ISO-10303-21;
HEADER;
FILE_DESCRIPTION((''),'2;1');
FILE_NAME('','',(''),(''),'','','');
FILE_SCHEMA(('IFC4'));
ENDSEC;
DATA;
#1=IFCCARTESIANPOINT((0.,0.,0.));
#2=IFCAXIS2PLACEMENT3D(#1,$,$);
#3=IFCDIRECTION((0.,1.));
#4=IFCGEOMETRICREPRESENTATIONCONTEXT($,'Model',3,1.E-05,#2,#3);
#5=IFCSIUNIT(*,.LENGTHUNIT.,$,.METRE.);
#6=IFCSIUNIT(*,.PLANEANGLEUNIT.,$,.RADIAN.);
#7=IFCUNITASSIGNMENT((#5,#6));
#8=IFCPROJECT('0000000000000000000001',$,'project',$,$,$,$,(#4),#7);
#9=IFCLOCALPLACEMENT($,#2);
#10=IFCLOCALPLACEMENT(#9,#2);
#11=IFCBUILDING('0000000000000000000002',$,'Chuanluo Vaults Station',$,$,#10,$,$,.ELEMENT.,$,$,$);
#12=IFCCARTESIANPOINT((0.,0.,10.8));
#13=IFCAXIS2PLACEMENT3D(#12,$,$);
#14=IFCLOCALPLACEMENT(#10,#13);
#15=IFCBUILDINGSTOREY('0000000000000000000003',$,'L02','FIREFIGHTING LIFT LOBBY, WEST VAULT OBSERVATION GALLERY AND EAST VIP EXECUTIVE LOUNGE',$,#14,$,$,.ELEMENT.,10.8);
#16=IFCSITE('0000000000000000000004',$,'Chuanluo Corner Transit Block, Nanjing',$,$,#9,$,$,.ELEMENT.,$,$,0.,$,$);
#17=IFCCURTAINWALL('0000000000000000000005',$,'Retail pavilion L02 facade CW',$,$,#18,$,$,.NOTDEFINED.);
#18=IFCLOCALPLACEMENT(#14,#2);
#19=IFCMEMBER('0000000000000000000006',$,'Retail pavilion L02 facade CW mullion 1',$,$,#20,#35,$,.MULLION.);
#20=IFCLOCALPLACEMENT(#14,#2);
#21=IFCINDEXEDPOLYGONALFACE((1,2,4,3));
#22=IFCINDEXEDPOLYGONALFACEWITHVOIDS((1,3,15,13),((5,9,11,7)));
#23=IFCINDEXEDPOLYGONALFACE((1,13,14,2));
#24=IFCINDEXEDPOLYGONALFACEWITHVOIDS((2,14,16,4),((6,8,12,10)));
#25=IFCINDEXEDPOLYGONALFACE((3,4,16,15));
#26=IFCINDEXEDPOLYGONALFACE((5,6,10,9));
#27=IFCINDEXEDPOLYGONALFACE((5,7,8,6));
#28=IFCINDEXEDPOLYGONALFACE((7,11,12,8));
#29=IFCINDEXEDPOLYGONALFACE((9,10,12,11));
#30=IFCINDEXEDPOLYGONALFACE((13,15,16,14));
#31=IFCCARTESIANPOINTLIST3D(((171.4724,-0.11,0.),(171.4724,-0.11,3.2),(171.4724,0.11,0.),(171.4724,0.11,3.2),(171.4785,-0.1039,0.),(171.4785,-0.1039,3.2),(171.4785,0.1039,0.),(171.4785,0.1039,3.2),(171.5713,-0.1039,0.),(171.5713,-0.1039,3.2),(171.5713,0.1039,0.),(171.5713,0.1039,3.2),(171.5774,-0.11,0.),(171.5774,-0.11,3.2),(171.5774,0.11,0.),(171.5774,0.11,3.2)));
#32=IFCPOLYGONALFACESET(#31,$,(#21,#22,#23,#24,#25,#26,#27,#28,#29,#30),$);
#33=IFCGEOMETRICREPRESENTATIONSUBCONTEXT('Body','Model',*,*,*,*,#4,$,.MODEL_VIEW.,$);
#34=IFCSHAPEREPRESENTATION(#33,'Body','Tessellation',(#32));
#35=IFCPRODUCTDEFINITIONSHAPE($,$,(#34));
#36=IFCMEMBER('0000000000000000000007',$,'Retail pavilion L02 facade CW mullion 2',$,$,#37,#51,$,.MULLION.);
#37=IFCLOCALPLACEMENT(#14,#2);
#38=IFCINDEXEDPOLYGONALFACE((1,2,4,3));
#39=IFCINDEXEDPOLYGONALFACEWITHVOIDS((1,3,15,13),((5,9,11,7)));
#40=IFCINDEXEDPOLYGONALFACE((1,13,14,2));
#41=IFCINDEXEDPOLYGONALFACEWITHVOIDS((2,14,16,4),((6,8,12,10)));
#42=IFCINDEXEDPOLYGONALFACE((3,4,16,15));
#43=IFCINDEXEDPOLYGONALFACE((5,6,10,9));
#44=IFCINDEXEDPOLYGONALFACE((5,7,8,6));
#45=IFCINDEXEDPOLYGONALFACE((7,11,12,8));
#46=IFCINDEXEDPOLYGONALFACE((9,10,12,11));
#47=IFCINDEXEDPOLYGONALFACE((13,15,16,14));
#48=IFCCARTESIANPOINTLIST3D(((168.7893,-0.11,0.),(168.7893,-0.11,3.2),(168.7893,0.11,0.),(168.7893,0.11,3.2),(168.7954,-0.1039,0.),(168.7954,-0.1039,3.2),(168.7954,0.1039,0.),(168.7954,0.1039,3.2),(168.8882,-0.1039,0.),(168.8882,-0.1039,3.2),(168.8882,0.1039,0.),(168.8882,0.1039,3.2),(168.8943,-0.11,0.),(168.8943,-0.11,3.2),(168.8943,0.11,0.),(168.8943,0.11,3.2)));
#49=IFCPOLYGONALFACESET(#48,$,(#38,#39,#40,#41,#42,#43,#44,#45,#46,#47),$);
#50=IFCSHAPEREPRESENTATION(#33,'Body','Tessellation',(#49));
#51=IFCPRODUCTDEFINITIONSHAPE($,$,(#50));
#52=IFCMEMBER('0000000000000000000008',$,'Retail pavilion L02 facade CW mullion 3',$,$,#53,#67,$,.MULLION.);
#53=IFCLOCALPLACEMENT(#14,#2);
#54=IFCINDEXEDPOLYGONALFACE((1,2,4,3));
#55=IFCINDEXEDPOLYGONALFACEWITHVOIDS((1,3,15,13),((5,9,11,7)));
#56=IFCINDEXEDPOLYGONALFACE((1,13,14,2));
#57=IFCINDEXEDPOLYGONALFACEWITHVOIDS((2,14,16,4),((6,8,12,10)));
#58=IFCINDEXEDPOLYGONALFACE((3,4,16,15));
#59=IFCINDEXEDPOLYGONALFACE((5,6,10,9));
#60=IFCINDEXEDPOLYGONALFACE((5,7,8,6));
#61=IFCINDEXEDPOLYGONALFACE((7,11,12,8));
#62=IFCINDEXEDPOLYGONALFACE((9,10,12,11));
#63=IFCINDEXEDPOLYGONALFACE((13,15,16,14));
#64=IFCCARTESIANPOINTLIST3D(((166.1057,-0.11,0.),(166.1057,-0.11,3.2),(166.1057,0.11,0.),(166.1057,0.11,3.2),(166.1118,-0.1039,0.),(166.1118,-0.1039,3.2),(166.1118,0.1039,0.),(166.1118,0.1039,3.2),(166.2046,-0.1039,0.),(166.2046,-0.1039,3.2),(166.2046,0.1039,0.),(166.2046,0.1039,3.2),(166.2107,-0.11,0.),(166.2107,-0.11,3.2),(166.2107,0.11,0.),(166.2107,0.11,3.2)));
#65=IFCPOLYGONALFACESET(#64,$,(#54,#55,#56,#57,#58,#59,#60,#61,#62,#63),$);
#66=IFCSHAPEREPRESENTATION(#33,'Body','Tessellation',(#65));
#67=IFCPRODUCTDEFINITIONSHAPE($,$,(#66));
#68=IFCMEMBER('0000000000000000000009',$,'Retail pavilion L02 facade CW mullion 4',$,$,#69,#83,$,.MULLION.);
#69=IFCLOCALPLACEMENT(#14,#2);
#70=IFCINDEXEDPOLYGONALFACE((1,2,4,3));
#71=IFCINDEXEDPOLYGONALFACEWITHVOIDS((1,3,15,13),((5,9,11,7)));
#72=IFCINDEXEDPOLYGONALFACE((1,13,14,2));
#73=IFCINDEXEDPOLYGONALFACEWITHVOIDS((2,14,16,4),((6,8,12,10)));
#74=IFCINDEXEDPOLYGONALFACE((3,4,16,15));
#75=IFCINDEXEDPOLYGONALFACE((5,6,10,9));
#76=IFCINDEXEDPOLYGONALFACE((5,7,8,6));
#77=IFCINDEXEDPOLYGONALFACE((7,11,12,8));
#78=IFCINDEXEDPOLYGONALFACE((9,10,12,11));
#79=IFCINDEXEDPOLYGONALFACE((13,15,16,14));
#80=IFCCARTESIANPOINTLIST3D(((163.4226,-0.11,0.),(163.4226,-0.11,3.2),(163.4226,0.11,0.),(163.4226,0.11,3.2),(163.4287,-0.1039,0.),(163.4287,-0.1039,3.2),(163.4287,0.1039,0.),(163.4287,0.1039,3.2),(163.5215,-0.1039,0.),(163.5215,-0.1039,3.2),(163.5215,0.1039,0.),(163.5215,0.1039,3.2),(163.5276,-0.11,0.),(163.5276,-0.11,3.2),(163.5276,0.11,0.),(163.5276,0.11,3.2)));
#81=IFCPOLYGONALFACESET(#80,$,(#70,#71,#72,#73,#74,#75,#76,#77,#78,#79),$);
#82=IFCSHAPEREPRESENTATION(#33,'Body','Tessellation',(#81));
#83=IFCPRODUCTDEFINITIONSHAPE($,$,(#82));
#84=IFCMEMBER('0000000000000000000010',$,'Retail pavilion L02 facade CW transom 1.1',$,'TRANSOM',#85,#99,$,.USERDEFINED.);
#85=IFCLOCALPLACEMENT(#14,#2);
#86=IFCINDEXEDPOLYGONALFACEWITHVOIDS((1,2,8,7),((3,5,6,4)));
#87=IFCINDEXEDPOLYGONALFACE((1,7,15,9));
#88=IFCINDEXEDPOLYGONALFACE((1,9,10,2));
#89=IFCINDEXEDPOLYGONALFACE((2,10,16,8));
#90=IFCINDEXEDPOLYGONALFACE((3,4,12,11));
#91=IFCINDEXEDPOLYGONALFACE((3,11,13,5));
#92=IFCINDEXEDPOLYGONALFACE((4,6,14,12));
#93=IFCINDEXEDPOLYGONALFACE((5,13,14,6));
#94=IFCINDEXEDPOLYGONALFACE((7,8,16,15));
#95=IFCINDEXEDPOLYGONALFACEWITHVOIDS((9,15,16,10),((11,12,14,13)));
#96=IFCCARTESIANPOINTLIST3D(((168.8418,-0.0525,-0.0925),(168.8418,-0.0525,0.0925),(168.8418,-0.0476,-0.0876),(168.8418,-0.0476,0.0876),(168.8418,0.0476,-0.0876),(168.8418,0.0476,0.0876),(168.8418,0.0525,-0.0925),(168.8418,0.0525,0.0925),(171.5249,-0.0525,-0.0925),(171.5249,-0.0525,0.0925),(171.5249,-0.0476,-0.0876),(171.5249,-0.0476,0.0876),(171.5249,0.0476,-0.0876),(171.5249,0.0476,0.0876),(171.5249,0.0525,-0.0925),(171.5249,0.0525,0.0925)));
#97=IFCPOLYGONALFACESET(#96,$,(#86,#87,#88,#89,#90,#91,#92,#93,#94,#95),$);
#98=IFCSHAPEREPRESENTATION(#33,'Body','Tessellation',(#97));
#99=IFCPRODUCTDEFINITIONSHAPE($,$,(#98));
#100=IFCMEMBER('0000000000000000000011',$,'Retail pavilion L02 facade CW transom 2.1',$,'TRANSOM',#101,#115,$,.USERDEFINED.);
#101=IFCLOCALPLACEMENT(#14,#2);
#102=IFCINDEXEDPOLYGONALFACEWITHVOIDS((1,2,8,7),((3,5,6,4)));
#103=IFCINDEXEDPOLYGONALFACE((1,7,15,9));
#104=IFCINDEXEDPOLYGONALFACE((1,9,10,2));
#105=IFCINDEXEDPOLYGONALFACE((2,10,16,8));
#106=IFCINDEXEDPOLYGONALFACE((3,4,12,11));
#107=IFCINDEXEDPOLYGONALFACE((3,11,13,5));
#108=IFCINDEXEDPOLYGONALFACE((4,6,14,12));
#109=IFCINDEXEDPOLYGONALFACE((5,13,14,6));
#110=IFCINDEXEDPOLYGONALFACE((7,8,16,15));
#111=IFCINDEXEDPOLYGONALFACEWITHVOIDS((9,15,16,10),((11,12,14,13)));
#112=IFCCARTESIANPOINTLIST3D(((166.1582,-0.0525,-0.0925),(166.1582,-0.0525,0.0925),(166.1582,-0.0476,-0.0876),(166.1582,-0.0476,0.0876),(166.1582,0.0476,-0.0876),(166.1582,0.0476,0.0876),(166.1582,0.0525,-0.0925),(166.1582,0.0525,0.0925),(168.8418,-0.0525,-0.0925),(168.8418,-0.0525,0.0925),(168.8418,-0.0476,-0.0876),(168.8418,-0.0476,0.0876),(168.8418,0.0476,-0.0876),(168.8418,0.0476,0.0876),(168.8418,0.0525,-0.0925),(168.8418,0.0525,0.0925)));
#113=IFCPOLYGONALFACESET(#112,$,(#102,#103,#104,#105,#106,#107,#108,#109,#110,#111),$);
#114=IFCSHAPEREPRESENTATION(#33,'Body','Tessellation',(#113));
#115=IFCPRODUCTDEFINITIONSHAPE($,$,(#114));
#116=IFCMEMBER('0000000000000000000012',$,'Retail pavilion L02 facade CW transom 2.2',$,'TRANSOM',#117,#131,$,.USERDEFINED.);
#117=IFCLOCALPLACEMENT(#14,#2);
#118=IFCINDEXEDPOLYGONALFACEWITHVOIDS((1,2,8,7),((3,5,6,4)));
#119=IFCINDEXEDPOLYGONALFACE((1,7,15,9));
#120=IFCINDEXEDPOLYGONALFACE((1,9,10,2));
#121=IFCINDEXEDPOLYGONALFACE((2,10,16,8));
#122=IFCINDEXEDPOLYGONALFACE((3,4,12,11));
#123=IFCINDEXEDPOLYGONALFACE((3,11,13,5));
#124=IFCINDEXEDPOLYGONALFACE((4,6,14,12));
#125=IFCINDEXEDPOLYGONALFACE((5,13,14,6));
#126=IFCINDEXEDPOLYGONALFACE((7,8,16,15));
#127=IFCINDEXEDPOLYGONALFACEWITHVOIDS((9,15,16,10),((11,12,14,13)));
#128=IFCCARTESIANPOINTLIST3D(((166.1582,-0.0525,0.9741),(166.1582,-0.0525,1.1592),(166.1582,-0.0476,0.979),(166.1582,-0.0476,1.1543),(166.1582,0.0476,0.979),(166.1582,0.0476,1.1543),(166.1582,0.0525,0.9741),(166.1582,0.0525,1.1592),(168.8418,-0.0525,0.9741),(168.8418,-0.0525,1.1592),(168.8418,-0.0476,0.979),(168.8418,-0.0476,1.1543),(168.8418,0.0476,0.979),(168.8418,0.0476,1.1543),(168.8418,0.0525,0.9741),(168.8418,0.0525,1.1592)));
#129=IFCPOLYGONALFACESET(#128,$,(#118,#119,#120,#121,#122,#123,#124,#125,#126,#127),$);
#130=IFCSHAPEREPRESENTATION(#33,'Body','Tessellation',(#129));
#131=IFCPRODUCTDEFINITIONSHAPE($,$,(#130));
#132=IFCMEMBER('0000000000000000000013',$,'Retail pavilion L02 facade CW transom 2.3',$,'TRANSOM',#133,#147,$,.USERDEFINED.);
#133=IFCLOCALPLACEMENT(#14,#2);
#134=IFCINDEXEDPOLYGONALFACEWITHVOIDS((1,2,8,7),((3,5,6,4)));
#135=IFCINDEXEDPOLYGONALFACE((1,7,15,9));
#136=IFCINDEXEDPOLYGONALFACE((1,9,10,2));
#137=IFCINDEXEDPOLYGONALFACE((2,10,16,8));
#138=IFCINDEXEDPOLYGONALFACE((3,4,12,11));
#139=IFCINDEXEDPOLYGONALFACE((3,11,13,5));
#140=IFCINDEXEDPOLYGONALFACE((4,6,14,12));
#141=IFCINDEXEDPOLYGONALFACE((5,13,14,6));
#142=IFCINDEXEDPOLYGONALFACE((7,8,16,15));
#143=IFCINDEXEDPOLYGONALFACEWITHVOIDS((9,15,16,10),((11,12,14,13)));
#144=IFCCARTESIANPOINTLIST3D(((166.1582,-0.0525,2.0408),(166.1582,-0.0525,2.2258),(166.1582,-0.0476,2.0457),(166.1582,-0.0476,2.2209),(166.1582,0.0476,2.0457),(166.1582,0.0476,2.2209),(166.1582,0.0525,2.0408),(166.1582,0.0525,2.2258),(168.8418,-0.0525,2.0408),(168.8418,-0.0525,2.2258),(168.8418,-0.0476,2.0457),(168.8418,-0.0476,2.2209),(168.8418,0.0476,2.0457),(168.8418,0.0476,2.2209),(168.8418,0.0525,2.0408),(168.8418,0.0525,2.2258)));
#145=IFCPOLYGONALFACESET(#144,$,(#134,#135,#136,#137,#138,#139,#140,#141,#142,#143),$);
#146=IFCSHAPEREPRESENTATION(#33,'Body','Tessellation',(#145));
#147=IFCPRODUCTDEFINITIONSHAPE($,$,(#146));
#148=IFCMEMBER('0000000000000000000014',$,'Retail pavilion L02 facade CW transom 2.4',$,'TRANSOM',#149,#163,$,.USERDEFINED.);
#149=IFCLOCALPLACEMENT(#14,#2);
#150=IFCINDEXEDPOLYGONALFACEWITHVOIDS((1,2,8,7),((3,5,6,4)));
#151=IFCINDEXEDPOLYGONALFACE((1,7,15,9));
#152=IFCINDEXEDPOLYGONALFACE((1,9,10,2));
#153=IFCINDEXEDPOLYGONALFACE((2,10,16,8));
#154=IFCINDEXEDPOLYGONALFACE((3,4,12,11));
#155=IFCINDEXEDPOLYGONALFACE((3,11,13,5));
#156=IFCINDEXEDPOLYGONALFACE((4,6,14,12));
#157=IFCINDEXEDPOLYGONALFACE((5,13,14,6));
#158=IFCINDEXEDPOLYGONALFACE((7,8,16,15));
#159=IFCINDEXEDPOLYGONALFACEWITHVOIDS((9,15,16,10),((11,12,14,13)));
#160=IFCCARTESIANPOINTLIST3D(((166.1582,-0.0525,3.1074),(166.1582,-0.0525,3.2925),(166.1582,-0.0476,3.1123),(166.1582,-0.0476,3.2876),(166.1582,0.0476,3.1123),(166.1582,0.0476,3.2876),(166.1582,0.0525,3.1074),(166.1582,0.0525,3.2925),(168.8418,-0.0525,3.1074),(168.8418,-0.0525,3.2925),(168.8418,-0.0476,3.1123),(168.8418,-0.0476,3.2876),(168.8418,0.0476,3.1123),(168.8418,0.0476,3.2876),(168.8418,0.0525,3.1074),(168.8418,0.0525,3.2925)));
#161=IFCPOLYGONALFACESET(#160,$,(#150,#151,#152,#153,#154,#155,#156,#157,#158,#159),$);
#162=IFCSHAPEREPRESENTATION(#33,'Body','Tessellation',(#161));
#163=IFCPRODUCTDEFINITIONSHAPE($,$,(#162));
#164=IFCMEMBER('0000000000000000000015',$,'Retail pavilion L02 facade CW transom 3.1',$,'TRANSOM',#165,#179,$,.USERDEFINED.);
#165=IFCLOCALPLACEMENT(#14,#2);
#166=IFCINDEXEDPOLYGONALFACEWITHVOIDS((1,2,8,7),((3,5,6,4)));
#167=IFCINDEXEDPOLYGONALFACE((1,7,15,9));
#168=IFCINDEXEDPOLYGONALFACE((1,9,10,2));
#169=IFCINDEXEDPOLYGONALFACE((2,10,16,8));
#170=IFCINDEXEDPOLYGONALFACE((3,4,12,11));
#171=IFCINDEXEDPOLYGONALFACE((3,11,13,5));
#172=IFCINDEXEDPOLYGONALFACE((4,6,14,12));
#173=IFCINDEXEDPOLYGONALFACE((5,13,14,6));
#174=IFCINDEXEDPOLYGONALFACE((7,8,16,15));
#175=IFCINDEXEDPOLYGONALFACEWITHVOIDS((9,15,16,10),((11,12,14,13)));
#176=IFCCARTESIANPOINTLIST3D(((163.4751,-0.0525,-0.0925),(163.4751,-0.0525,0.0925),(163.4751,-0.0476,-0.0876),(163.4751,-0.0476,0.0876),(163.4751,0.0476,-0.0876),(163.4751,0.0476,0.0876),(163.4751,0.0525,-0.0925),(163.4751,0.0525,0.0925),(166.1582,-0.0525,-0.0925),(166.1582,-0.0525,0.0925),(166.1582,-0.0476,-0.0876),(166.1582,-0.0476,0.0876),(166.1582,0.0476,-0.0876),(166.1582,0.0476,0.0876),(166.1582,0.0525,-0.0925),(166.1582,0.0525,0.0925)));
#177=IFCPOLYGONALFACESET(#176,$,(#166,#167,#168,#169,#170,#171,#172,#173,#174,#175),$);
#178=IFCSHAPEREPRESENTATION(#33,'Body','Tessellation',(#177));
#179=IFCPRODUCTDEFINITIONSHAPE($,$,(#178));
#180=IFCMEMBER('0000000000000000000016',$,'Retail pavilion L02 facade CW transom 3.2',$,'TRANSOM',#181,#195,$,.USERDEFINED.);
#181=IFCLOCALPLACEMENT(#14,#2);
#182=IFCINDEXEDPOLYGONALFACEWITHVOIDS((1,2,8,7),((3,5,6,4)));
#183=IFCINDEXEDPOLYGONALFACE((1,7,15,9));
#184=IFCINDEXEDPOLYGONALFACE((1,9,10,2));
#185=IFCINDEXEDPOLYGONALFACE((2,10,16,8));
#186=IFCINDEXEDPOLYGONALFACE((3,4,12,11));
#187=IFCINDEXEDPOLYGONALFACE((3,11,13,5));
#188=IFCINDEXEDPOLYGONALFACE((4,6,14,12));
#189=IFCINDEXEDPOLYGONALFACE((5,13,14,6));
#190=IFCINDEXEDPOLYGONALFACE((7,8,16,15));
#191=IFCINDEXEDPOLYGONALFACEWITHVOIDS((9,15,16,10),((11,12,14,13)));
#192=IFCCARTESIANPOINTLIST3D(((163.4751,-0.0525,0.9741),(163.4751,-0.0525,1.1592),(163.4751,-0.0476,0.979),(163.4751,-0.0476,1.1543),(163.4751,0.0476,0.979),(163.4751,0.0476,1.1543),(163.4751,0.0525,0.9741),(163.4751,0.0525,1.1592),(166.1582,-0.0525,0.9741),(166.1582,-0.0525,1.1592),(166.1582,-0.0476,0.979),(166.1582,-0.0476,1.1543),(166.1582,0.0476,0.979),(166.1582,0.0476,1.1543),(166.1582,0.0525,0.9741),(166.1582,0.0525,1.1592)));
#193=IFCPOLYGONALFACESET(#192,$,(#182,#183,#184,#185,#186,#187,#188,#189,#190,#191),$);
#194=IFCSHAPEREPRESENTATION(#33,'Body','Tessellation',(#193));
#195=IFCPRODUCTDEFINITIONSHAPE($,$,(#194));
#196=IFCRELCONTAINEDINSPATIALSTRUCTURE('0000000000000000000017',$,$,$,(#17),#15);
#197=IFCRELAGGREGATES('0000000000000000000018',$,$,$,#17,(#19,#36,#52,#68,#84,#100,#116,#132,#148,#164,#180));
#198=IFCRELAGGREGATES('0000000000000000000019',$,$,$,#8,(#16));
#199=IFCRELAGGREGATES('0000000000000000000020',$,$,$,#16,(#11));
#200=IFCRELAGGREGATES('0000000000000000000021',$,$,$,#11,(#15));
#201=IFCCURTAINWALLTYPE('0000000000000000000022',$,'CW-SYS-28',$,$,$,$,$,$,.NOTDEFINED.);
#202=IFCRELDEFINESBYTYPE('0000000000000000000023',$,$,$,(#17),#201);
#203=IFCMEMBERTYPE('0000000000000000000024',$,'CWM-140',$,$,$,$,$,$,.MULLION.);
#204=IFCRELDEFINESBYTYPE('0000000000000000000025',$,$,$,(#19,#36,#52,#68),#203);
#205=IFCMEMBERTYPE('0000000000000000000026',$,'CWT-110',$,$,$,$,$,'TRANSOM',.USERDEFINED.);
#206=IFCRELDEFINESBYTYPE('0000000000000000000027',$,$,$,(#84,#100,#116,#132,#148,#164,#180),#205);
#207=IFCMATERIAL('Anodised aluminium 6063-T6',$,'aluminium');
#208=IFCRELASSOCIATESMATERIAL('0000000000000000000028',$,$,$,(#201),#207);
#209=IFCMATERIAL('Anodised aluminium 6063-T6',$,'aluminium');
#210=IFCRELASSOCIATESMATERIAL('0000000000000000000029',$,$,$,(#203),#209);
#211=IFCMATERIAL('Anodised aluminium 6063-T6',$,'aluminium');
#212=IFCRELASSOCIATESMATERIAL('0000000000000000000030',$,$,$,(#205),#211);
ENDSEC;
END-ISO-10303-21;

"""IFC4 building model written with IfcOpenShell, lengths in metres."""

from ifc_helpers import new_model, si_unit, direction, frame, origin, origin_2d, place, context, subcontext, project, spatial, hollow_rectangle, extrude, material, material_profile, profile_set, type_object, element, aggregate, save


model = new_model("IFC4")

# Units and contexts
model_context = context("Model", 3, precision=1e-05, world=origin(), true_north=direction((0.0, 1.0)))
body_context = subcontext(model_context, "Body", "Model", "MODEL_VIEW")
ifc_project = project(units=[si_unit("LENGTHUNIT", "METRE"), si_unit("PLANEANGLEUNIT", "RADIAN")], contexts=[model_context])

# Site, building, storey
site_placement = place(None, origin())
site = spatial("IfcSite", under=ifc_project, at=site_placement, Name="Chuanluo Corner Transit Block, Nanjing", CompositionType="ELEMENT", RefElevation=0.0)
building_placement = place(site_placement, origin())
building = spatial("IfcBuilding", under=site, at=building_placement, Name="Chuanluo Vaults Station", CompositionType="ELEMENT")
storey_placement = place(building_placement, frame((0.0, 0.0, 10.8)))
storey = spatial("IfcBuildingStorey", under=building, at=storey_placement, Name="L02", Description="FIREFIGHTING LIFT LOBBY, WEST VAULT OBSERVATION GALLERY AND EAST VIP EXECUTIVE LOUNGE", CompositionType="ELEMENT", Elevation=10.8)

# Curtain wall, members
ifc_material_1 = material(Name="Anodised aluminium 6063-T6", Category="aluminium")
curtain_wall_type = type_object("IfcCurtainWallType", Name="CW-SYS-28", PredefinedType="NOTDEFINED", material=ifc_material_1)
curtain_wall_placement = place(storey_placement, origin())
curtain_wall = element("IfcCurtainWall", 1, at=curtain_wall_placement, inside=storey, type_object=curtain_wall_type, Name="Retail pavilion L02 facade CW", PredefinedType="NOTDEFINED")
ifc_material_2 = material(Name="Anodised aluminium 6063-T6", Category="aluminium")
ifc_material_profile_1 = material_profile(ifc_material_2, hollow_rectangle(XDim=0.105, YDim=0.22, WallThickness=0.0061, at=origin_2d()))
ifc_profile_set_1 = profile_set([ifc_material_profile_1], Name="Anodised aluminium 6063-T6")
member_type_1 = type_object("IfcMemberType", Name="CWM-140", PredefinedType="MULLION", material=ifc_profile_set_1)
member_1_placement = place(storey_placement, frame((171.5249, 0.0, 0.0), z_axis=(0.0, 0.0, 1.0), x_axis=(-1.0, 0.0, 0.0)))
member_1 = element("IfcMember", 2, at=member_1_placement, type_object=member_type_1, Name="Retail pavilion L02 facade CW mullion 1", PredefinedType="MULLION", context=body_context, shape_type="SweptSolid", body=[
    extrude(hollow_rectangle(XDim=0.105, YDim=0.22, WallThickness=0.0061, at=origin_2d()), origin(), (0.0, 0.0, 1.0), 3.2),
])
member_2_placement = place(storey_placement, frame((168.8418, 0.0, 0.0), z_axis=(0.0, 0.0, 1.0), x_axis=(-1.0, 0.0, 0.0)))
member_2 = element("IfcMember", 3, at=member_2_placement, type_object=member_type_1, Name="Retail pavilion L02 facade CW mullion 2", PredefinedType="MULLION", context=body_context, shape_type="SweptSolid", body=[
    extrude(hollow_rectangle(XDim=0.105, YDim=0.22, WallThickness=0.0061, at=origin_2d()), origin(), (0.0, 0.0, 1.0), 3.2),
])
member_3_placement = place(storey_placement, frame((166.1582, 0.0, 0.0), z_axis=(0.0, 0.0, 1.0), x_axis=(-1.0, 0.0, 0.0)))
member_3 = element("IfcMember", 4, at=member_3_placement, type_object=member_type_1, Name="Retail pavilion L02 facade CW mullion 3", PredefinedType="MULLION", context=body_context, shape_type="SweptSolid", body=[
    extrude(hollow_rectangle(XDim=0.105, YDim=0.22, WallThickness=0.0061, at=origin_2d()), origin(), (0.0, 0.0, 1.0), 3.2),
])
member_4_placement = place(storey_placement, frame((163.4751, 0.0, 0.0), z_axis=(0.0, 0.0, 1.0), x_axis=(-1.0, 0.0, 0.0)))
member_4 = element("IfcMember", 5, at=member_4_placement, type_object=member_type_1, Name="Retail pavilion L02 facade CW mullion 4", PredefinedType="MULLION", context=body_context, shape_type="SweptSolid", body=[
    extrude(hollow_rectangle(XDim=0.105, YDim=0.22, WallThickness=0.0061, at=origin_2d()), origin(), (0.0, 0.0, 1.0), 3.2),
])
ifc_material_3 = material(Name="Anodised aluminium 6063-T6", Category="aluminium")
ifc_material_profile_2 = material_profile(ifc_material_3, hollow_rectangle(XDim=0.105, YDim=0.1851, WallThickness=0.0049, at=origin_2d()))
ifc_profile_set_2 = profile_set([ifc_material_profile_2], Name="Anodised aluminium 6063-T6")
member_type_2 = type_object("IfcMemberType", Name="CWT-110", ElementType="TRANSOM", PredefinedType="USERDEFINED", material=ifc_profile_set_2)
member_5_placement = place(storey_placement, frame((171.5249, 0.0, 0.0), z_axis=(-1.0, 0.0, 0.0), x_axis=(0.0, -1.0, 0.0)))
member_5 = element("IfcMember", 6, at=member_5_placement, type_object=member_type_2, Name="Retail pavilion L02 facade CW transom 1.1", ObjectType="TRANSOM", PredefinedType="USERDEFINED", context=body_context, shape_type="SweptSolid", body=[
    extrude(hollow_rectangle(XDim=0.105, YDim=0.1851, WallThickness=0.0049, at=origin_2d()), origin(), (0.0, 0.0, 1.0), 2.6831),
])
member_6_placement = place(storey_placement, frame((168.8418, 0.0, 0.0), z_axis=(-1.0, 0.0, 0.0), x_axis=(0.0, -1.0, 0.0)))
member_6 = element("IfcMember", 7, at=member_6_placement, type_object=member_type_2, Name="Retail pavilion L02 facade CW transom 2.1", ObjectType="TRANSOM", PredefinedType="USERDEFINED", context=body_context, shape_type="SweptSolid", body=[
    extrude(hollow_rectangle(XDim=0.105, YDim=0.1851, WallThickness=0.0049, at=origin_2d()), origin(), (0.0, 0.0, 1.0), 2.6836),
])
member_7_placement = place(storey_placement, frame((168.8418, 0.0, 1.0667), z_axis=(-1.0, 0.0, 0.0), x_axis=(0.0, -1.0, 0.0)))
member_7 = element("IfcMember", 8, at=member_7_placement, type_object=member_type_2, Name="Retail pavilion L02 facade CW transom 2.2", ObjectType="TRANSOM", PredefinedType="USERDEFINED", context=body_context, shape_type="SweptSolid", body=[
    extrude(hollow_rectangle(XDim=0.105, YDim=0.1851, WallThickness=0.0049, at=origin_2d()), origin(), (0.0, 0.0, 1.0), 2.6836),
])
member_8_placement = place(storey_placement, frame((168.8418, 0.0, 2.1333), z_axis=(-1.0, 0.0, 0.0), x_axis=(0.0, -1.0, 0.0)))
member_8 = element("IfcMember", 9, at=member_8_placement, type_object=member_type_2, Name="Retail pavilion L02 facade CW transom 2.3", ObjectType="TRANSOM", PredefinedType="USERDEFINED", context=body_context, shape_type="SweptSolid", body=[
    extrude(hollow_rectangle(XDim=0.105, YDim=0.1851, WallThickness=0.0049, at=origin_2d()), origin(), (0.0, 0.0, 1.0), 2.6836),
])
member_9_placement = place(storey_placement, frame((168.8418, 0.0, 3.2), z_axis=(-1.0, 0.0, 0.0), x_axis=(0.0, -1.0, 0.0)))
member_9 = element("IfcMember", 10, at=member_9_placement, type_object=member_type_2, Name="Retail pavilion L02 facade CW transom 2.4", ObjectType="TRANSOM", PredefinedType="USERDEFINED", context=body_context, shape_type="SweptSolid", body=[
    extrude(hollow_rectangle(XDim=0.105, YDim=0.1851, WallThickness=0.0049, at=origin_2d()), origin(), (0.0, 0.0, 1.0), 2.6836),
])
member_10_placement = place(storey_placement, frame((166.1582, 0.0, 0.0), z_axis=(-1.0, 0.0, 0.0), x_axis=(0.0, -1.0, 0.0)))
member_10 = element("IfcMember", 11, at=member_10_placement, type_object=member_type_2, Name="Retail pavilion L02 facade CW transom 3.1", ObjectType="TRANSOM", PredefinedType="USERDEFINED", context=body_context, shape_type="SweptSolid", body=[
    extrude(hollow_rectangle(XDim=0.105, YDim=0.1851, WallThickness=0.0049, at=origin_2d()), origin(), (0.0, 0.0, 1.0), 2.6831),
])
member_11_placement = place(storey_placement, frame((166.1582, 0.0, 1.0667), z_axis=(-1.0, 0.0, 0.0), x_axis=(0.0, -1.0, 0.0)))
member_11 = element("IfcMember", 12, at=member_11_placement, type_object=member_type_2, Name="Retail pavilion L02 facade CW transom 3.2", ObjectType="TRANSOM", PredefinedType="USERDEFINED", context=body_context, shape_type="SweptSolid", body=[
    extrude(hollow_rectangle(XDim=0.105, YDim=0.1851, WallThickness=0.0049, at=origin_2d()), origin(), (0.0, 0.0, 1.0), 2.6831),
])
aggregate(curtain_wall, [member_1, member_2, member_3, member_4, member_5, member_6, member_7, member_8, member_9, member_10, member_11])

save(model, "model.ifc")
